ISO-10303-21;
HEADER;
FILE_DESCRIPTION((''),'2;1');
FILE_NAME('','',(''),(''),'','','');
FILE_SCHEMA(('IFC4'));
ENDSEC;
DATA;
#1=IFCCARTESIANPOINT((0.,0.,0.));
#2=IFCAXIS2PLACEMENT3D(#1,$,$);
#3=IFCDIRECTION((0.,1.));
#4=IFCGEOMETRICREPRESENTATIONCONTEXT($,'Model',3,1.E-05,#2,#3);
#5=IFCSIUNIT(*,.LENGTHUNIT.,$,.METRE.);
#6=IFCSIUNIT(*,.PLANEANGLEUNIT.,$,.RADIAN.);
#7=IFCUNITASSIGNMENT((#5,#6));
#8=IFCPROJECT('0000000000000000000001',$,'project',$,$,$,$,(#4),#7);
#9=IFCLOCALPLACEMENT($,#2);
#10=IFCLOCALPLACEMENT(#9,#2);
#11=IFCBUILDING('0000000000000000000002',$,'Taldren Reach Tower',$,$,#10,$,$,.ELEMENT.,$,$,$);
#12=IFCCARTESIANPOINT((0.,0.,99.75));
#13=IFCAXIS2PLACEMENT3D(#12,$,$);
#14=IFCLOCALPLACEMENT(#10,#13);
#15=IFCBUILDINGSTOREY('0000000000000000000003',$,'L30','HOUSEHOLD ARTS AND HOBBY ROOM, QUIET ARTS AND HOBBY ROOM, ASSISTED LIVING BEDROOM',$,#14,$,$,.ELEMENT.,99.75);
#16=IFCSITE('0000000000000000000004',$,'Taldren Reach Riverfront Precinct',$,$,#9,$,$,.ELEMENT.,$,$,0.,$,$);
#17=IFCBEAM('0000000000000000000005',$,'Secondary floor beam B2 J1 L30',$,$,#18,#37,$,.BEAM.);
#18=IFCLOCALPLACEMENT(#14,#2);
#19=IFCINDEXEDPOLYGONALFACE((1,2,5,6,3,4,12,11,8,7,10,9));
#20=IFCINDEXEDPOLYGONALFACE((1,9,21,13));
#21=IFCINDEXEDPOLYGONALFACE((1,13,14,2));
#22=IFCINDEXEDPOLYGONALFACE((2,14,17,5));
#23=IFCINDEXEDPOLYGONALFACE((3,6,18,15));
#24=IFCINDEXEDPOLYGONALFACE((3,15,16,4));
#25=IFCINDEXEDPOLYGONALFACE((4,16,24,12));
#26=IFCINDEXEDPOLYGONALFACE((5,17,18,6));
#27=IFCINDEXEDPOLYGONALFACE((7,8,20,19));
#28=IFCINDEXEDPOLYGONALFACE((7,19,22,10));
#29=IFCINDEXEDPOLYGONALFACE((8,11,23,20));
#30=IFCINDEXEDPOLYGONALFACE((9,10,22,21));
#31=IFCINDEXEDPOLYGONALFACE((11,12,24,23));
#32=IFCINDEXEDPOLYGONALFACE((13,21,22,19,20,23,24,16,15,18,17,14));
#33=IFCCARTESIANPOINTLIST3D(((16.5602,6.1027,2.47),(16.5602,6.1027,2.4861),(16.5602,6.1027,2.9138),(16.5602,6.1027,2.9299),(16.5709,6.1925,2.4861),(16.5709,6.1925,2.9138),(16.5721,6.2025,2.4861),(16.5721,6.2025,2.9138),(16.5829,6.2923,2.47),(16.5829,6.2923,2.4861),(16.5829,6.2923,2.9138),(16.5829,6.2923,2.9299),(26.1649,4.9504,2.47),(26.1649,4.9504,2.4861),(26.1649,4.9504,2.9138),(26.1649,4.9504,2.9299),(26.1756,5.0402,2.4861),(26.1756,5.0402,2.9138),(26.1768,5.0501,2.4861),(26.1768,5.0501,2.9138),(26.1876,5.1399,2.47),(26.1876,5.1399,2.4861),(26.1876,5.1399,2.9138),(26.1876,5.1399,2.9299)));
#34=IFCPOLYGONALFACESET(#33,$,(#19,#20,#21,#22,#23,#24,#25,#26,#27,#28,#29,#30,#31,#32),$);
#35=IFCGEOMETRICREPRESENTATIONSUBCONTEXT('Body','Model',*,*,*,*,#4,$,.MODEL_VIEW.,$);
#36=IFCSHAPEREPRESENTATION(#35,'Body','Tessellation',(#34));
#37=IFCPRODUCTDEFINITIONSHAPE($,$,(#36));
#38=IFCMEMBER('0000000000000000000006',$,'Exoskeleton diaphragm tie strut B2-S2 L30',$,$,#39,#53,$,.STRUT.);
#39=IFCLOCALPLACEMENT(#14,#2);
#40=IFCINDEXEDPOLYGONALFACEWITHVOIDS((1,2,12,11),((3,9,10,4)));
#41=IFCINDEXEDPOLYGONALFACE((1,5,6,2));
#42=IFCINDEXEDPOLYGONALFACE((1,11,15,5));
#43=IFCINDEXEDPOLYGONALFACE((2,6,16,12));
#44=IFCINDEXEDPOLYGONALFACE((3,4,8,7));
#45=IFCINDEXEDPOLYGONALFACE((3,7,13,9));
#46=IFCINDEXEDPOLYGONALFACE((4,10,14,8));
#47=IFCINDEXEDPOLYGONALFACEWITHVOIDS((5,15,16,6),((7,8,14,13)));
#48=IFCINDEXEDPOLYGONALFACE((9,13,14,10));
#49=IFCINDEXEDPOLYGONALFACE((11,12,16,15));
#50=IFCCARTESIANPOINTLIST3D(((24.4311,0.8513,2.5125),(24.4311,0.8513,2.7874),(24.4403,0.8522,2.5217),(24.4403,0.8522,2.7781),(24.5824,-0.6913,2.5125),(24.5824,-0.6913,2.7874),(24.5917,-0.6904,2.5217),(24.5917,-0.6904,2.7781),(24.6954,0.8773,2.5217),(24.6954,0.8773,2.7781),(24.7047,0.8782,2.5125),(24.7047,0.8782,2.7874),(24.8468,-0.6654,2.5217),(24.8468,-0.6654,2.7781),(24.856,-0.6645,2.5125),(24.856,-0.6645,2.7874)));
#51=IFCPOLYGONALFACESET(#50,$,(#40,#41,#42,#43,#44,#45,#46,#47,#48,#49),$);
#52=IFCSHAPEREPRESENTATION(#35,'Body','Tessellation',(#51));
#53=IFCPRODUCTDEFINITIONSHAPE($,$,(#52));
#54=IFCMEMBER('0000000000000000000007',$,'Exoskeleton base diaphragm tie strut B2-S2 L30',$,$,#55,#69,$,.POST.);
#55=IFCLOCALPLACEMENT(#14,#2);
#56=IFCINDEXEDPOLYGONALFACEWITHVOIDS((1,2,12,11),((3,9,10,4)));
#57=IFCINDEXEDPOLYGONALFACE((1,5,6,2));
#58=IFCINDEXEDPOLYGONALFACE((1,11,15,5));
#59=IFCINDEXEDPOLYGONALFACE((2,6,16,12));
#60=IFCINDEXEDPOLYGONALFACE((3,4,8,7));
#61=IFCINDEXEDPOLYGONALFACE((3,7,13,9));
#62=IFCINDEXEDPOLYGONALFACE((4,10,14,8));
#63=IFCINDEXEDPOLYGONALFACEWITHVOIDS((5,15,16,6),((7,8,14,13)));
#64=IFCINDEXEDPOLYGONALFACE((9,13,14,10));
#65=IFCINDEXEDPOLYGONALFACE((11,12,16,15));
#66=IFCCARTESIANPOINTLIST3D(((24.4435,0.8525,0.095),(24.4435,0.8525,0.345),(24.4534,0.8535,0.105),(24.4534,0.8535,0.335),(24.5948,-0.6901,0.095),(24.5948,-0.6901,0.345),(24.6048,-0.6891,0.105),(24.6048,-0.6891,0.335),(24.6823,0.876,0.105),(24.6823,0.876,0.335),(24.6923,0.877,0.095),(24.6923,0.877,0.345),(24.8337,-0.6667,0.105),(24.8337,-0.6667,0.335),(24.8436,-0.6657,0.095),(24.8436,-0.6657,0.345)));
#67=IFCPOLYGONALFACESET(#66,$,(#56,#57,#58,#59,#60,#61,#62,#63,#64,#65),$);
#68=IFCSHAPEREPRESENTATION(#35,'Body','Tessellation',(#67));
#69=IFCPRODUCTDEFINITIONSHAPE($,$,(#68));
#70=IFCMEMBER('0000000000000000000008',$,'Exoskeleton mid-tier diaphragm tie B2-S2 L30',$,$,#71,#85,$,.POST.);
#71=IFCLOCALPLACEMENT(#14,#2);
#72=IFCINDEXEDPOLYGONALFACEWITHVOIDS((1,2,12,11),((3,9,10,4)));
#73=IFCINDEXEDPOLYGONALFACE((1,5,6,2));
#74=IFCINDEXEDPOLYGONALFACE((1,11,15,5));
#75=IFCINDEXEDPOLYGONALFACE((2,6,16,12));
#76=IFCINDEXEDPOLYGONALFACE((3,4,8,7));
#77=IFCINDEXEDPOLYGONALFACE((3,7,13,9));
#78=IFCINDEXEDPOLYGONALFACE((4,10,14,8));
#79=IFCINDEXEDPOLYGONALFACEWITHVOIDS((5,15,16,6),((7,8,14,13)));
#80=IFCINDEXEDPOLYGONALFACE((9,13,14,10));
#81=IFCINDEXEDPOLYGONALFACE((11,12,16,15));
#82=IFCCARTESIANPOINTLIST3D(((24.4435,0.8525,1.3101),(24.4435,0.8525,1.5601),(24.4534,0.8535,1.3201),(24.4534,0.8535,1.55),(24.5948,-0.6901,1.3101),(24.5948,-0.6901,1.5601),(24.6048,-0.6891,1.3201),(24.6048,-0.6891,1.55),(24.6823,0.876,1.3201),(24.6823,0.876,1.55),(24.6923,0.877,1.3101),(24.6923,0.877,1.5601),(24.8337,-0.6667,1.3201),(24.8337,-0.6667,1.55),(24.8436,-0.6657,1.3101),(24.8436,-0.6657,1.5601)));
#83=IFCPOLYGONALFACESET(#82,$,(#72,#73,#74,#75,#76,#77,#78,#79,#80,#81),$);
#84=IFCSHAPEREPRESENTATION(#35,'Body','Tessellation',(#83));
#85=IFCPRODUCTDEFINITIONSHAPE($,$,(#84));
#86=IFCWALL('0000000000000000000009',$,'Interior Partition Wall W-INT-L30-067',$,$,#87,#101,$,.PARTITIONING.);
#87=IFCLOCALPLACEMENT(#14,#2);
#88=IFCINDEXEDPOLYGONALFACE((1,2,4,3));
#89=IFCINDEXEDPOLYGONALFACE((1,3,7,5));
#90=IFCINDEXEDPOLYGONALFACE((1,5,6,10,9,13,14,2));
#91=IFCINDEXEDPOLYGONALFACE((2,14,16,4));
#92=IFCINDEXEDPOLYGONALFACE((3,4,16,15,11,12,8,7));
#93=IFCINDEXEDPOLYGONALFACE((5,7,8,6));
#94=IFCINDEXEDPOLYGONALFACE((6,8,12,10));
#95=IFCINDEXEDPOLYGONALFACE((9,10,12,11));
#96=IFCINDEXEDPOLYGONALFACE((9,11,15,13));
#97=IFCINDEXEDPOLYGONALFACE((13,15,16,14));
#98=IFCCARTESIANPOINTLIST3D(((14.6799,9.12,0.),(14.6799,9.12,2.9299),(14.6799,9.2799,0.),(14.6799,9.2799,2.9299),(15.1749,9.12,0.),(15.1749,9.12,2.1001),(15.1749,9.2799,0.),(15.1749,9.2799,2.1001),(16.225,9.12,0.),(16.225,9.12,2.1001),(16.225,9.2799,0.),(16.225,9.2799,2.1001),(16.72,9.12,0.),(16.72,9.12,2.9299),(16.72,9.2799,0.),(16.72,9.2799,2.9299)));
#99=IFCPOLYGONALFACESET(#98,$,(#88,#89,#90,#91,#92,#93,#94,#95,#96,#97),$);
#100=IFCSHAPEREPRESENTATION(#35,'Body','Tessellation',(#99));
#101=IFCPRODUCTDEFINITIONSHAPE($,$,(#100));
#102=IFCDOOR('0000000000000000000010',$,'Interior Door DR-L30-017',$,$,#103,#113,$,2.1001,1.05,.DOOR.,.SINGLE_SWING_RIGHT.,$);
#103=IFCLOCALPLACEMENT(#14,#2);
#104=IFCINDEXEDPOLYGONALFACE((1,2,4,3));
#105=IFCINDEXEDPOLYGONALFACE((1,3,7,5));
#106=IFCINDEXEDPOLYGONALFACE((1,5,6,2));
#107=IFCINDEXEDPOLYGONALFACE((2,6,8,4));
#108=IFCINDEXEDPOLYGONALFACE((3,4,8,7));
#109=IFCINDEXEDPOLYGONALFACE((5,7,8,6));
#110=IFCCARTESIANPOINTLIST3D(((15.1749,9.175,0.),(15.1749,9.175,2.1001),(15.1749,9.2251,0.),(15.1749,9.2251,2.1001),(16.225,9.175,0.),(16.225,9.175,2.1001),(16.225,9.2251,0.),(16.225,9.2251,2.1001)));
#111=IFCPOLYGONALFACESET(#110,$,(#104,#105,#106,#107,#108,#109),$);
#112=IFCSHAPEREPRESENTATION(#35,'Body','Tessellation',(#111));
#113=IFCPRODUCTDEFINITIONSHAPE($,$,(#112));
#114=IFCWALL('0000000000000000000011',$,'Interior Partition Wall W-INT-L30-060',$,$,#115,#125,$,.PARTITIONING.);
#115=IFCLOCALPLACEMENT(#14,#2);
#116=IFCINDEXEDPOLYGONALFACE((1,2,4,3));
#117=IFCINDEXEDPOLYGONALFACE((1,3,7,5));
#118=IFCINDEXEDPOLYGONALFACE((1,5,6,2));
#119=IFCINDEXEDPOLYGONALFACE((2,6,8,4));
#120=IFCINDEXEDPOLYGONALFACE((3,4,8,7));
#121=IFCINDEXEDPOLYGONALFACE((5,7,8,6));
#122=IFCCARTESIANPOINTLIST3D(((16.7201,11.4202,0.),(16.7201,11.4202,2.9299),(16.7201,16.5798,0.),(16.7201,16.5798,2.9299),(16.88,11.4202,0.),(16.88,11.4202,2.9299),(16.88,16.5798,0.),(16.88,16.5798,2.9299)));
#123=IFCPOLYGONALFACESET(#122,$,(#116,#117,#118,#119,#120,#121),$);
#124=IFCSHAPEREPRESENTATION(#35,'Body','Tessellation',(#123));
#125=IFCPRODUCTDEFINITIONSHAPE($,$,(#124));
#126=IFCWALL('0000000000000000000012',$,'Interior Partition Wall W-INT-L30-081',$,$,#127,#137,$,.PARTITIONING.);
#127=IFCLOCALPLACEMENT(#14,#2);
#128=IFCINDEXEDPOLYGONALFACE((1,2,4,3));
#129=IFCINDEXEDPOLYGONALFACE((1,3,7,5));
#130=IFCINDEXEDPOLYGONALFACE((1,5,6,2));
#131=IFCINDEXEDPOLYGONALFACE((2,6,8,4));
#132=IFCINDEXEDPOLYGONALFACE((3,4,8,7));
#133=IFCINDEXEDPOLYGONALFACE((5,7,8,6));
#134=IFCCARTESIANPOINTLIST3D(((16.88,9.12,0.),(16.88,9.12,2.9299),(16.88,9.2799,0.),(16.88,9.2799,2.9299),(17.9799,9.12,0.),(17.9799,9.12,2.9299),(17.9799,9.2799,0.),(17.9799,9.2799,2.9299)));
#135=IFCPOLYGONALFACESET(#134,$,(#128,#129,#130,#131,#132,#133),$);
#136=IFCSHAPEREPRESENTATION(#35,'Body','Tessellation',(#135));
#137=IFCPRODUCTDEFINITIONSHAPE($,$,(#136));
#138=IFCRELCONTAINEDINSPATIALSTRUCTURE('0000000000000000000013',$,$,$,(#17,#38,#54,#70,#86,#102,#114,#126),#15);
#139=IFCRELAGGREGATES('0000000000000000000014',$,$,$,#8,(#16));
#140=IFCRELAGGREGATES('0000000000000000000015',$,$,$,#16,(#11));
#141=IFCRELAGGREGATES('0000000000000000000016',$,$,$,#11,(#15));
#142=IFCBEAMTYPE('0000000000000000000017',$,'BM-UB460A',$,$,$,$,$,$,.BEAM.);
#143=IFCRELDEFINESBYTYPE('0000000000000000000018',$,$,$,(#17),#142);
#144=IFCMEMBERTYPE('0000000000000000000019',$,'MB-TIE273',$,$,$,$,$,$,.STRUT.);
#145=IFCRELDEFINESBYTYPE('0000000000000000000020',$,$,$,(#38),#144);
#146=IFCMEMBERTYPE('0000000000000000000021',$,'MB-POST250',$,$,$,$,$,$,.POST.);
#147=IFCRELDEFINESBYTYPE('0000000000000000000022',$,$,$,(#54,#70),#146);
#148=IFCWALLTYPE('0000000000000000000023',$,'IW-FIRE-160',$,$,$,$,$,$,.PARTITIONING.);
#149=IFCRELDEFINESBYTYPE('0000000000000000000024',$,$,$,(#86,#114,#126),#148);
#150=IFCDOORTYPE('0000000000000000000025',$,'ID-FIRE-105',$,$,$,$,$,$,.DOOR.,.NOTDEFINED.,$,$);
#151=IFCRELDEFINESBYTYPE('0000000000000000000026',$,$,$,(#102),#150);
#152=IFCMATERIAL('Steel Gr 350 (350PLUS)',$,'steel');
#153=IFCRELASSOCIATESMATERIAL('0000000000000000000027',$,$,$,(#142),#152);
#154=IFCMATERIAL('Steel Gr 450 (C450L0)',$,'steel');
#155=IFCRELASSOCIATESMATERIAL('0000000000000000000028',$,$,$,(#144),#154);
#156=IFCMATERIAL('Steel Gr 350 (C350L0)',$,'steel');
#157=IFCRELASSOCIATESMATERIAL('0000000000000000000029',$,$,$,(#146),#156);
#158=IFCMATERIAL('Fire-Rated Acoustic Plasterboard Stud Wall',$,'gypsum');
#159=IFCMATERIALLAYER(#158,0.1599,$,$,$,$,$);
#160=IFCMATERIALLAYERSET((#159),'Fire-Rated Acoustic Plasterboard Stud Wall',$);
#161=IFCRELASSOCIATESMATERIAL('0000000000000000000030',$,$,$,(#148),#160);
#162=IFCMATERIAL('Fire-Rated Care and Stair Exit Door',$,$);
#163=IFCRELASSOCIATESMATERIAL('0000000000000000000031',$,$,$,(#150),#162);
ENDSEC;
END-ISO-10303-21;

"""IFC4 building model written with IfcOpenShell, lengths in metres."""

from ifc_helpers import new_model, si_unit, direction, frame, frame_2d, origin, origin_2d, place, context, subcontext, project, spatial, rectangle, hollow_rectangle, i_section, extrude, source, transform, mapped, material, layer, layer_set, material_profile, profile_set, type_object, element, fill, save


model = new_model("IFC4")

# Units and contexts
model_context = context("Model", 3, precision=1e-05, world=origin(), true_north=direction((0.0, 1.0)))
body_context = subcontext(model_context, "Body", "Model", "MODEL_VIEW")
ifc_project = project(units=[si_unit("LENGTHUNIT", "METRE"), si_unit("PLANEANGLEUNIT", "RADIAN")], contexts=[model_context])

# Site, building, storey
site_placement = place(None, origin())
site = spatial("IfcSite", under=ifc_project, at=site_placement, Name="Taldren Reach Riverfront Precinct", CompositionType="ELEMENT", RefElevation=0.0)
building_placement = place(site_placement, origin())
building = spatial("IfcBuilding", under=site, at=building_placement, Name="Taldren Reach Tower", CompositionType="ELEMENT")
storey_placement = place(building_placement, frame((0.0, 0.0, 99.75)))
storey = spatial("IfcBuildingStorey", under=building, at=storey_placement, Name="L30", Description="HOUSEHOLD ARTS AND HOBBY ROOM, QUIET ARTS AND HOBBY ROOM, ASSISTED LIVING BEDROOM", CompositionType="ELEMENT", Elevation=99.75)

# Shared definitions
ifc_material_1 = material(Name="Steel Gr 350 (350PLUS)", Category="steel")

# Beam
ifc_material_profile_1 = material_profile(ifc_material_1, i_section(OverallWidth=0.1909, OverallDepth=0.46, WebThickness=0.01, FlangeThickness=0.0161, at=origin_2d()), Name="460UB82.1")
ifc_profile_set_1 = profile_set([ifc_material_profile_1], Name="Steel Gr 350 (350PLUS)")
beam_type_1 = type_object("IfcBeamType", Name="BM-UB460A", PredefinedType="BEAM", material=ifc_profile_set_1)
shared_shape_1 = source(origin(), body_context, "Body", "SweptSolid", [
    extrude(i_section(OverallWidth=0.1909, OverallDepth=0.46, WebThickness=0.01, FlangeThickness=0.0161, at=origin_2d()), origin(), (0.0, 0.0, 1.0), 9.6736),
])
beam_1_placement = place(storey_placement, frame((16.5715, 6.1975, 2.7), z_axis=(0.99288, -0.119122, 0.0), x_axis=(0.119122, 0.99288, 0.0)))
element("IfcBeam", 1, at=beam_1_placement, inside=storey, type_object=beam_type_1, Name="Secondary floor beam B2 J1 L30", PredefinedType="BEAM", context=body_context, shape_type="MappedRepresentation", body=[
    mapped(shared_shape_1, transform((0.0, 0.0, 0.0), scale=1.0)),
])

# Members
ifc_material_2 = material(Name="Steel Gr 450 (C450L0)", Category="steel")
ifc_material_profile_2 = material_profile(ifc_material_2, hollow_rectangle(XDim=0.2749, YDim=0.2749, WallThickness=0.0093, at=origin_2d()), Name="275x275x9.3SHS")
ifc_profile_set_2 = profile_set([ifc_material_profile_2], Name="Steel Gr 450 (C450L0)")
member_type_1 = type_object("IfcMemberType", Name="MB-TIE273", PredefinedType="STRUT", material=ifc_profile_set_2)
shared_shape_2 = source(origin(), body_context, "Body", "SweptSolid", [
    extrude(hollow_rectangle(XDim=0.2749, YDim=0.2749, WallThickness=0.0093, at=origin_2d()), origin(), (0.0, 0.0, 1.0), 1.55),
])
member_placement = place(storey_placement, frame((24.5679, 0.8647, 2.6499), z_axis=(0.097648, -0.995221, 0.0), x_axis=(0.995221, 0.097648, 0.0)))
element("IfcMember", 2, at=member_placement, inside=storey, type_object=member_type_1, Name="Exoskeleton diaphragm tie strut B2-S2 L30", PredefinedType="STRUT", context=body_context, shape_type="MappedRepresentation", body=[
    mapped(shared_shape_2, transform((0.0, 0.0, 0.0), scale=1.0)),
])
ifc_material_3 = material(Name="Steel Gr 350 (C350L0)", Category="steel")
ifc_material_profile_3 = material_profile(ifc_material_3, hollow_rectangle(XDim=0.25, YDim=0.25, WallThickness=0.01, at=origin_2d()), Name="250x250x10.0SHS")
ifc_profile_set_3 = profile_set([ifc_material_profile_3], Name="Steel Gr 350 (C350L0)")
member_type_2 = type_object("IfcMemberType", Name="MB-POST250", PredefinedType="POST", material=ifc_profile_set_3)
shared_shape_3 = source(origin(), body_context, "Body", "SweptSolid", [
    extrude(hollow_rectangle(XDim=0.25, YDim=0.25, WallThickness=0.01, at=origin_2d()), origin(), (0.0, 0.0, 1.0), 1.55),
])
for number, where, z_axis, x_axis, name in (
    (3, (24.5679, 0.8647, 0.22), (0.097648, -0.995221, 0.0), (0.995221, 0.097648, 0.0), "Exoskeleton base diaphragm tie strut B2-S2 L30"),
    (4, (24.5679, 0.8647, 1.4351), (0.097648, -0.995221, 0.0), (0.995221, 0.097648, 0.0), "Exoskeleton mid-tier diaphragm tie B2-S2 L30"),
):
    element("IfcMember", number, at=place(storey_placement, frame(where, z_axis=z_axis, x_axis=x_axis)), inside=storey, type_object=member_type_2, Name=name, PredefinedType="POST", context=body_context, shape_type="MappedRepresentation", body=[
        mapped(shared_shape_3, transform((0.0, 0.0, 0.0), scale=1.0)),
    ])

# Wall, opening, door
ifc_material_4 = material(Name="Fire-Rated Acoustic Plasterboard Stud Wall", Category="gypsum")
ifc_layer_1 = layer(ifc_material_4, 0.1599)
ifc_layer_set_1 = layer_set([ifc_layer_1], Name="Fire-Rated Acoustic Plasterboard Stud Wall")
wall_type_1 = type_object("IfcWallType", Name="IW-FIRE-160", PredefinedType="PARTITIONING", material=ifc_layer_set_1)
shared_shape_4 = source(origin(), body_context, "Body", "SweptSolid", [
    extrude(rectangle(XDim=2.04, YDim=0.1599, at=frame_2d((1.02, 0.0))), origin(), (0.0, 0.0, 1.0), 2.9299),
])
wall_1_placement = place(storey_placement, frame((16.72, 9.2, 0.0), z_axis=(0.0, 0.0, 1.0), x_axis=(-1.0, 0.0, 0.0)))
wall_1 = element("IfcWall", 5, at=wall_1_placement, inside=storey, type_object=wall_type_1, Name="Interior Partition Wall W-INT-L30-067", PredefinedType="PARTITIONING", context=body_context, shape_type="MappedRepresentation", body=[
    mapped(shared_shape_4, transform((0.0, 0.0, 0.0), scale=1.0)),
])
shared_shape_5 = source(origin(), body_context, "Body", "SweptSolid", [
    extrude(rectangle(XDim=1.05, YDim=2.1001, at=frame_2d((0.5249, 1.05))), frame((0.0, 0.0898, 0.0), z_axis=(0.0, -1.0, 0.0), x_axis=(1.0, 0.0, 0.0)), (0.0, 0.0, 1.0), 0.1799),
])
opening_1_placement = place(wall_1_placement, frame((0.4951, 0.0, 0.0)))
opening_1 = element("IfcOpeningElement", 6, at=opening_1_placement, cuts=wall_1, PredefinedType="OPENING", context=body_context, shape_type="MappedRepresentation", body=[
    mapped(shared_shape_5, transform((0.0, 0.0, 0.0), scale=1.0)),
])
ifc_material_5 = material(Name="Fire-Rated Care and Stair Exit Door")
door_type_1 = type_object("IfcDoorType", Name="ID-FIRE-105", OperationType="NOTDEFINED", PredefinedType="DOOR", material=ifc_material_5)
shared_shape_6 = source(origin(), body_context, "Body", "SweptSolid", [
    extrude(rectangle(XDim=1.05, YDim=2.1001, at=frame_2d((0.5249, 1.05))), frame((0.0, 0.0249, 0.0), z_axis=(0.0, -1.0, 0.0), x_axis=(1.0, 0.0, 0.0)), (0.0, 0.0, 1.0), 0.05),
])
door_1_placement = place(opening_1_placement, origin())
door_1 = element("IfcDoor", 7, at=door_1_placement, inside=storey, type_object=door_type_1, Name="Interior Door DR-L30-017", OperationType="SINGLE_SWING_RIGHT", OverallHeight=2.1001, OverallWidth=1.05, PredefinedType="DOOR", context=body_context, shape_type="MappedRepresentation", body=[
    mapped(shared_shape_6, transform((0.0, 0.0, 0.0), scale=1.0)),
])
fill(opening_1, door_1)

# Walls
shared_shape_7 = source(origin(), body_context, "Body", "SweptSolid", [
    extrude(rectangle(XDim=5.1597, YDim=0.1599, at=frame_2d((2.5798, 0.0))), origin(), (0.0, 0.0, 1.0), 2.9299),
])
wall_2_placement = place(storey_placement, frame((16.8, 16.5798, 0.0), z_axis=(0.0, 0.0, 1.0), x_axis=(0.0, -1.0, 0.0)))
element("IfcWall", 8, at=wall_2_placement, inside=storey, type_object=wall_type_1, Name="Interior Partition Wall W-INT-L30-060", PredefinedType="PARTITIONING", context=body_context, shape_type="MappedRepresentation", body=[
    mapped(shared_shape_7, transform((0.0, 0.0, 0.0), scale=1.0)),
])
shared_shape_8 = source(origin(), body_context, "Body", "SweptSolid", [
    extrude(rectangle(XDim=1.0999, YDim=0.1599, at=frame_2d((0.5498, 0.0))), origin(), (0.0, 0.0, 1.0), 2.9299),
])
wall_3_placement = place(storey_placement, frame((17.9797, 9.2, 0.0), z_axis=(0.0, 0.0, 1.0), x_axis=(-1.0, 0.0, 0.0)))
element("IfcWall", 9, at=wall_3_placement, inside=storey, type_object=wall_type_1, Name="Interior Partition Wall W-INT-L30-081", PredefinedType="PARTITIONING", context=body_context, shape_type="MappedRepresentation", body=[
    mapped(shared_shape_8, transform((0.0, 0.0, 0.0), scale=1.0)),
])

save(model, "model.ifc")
